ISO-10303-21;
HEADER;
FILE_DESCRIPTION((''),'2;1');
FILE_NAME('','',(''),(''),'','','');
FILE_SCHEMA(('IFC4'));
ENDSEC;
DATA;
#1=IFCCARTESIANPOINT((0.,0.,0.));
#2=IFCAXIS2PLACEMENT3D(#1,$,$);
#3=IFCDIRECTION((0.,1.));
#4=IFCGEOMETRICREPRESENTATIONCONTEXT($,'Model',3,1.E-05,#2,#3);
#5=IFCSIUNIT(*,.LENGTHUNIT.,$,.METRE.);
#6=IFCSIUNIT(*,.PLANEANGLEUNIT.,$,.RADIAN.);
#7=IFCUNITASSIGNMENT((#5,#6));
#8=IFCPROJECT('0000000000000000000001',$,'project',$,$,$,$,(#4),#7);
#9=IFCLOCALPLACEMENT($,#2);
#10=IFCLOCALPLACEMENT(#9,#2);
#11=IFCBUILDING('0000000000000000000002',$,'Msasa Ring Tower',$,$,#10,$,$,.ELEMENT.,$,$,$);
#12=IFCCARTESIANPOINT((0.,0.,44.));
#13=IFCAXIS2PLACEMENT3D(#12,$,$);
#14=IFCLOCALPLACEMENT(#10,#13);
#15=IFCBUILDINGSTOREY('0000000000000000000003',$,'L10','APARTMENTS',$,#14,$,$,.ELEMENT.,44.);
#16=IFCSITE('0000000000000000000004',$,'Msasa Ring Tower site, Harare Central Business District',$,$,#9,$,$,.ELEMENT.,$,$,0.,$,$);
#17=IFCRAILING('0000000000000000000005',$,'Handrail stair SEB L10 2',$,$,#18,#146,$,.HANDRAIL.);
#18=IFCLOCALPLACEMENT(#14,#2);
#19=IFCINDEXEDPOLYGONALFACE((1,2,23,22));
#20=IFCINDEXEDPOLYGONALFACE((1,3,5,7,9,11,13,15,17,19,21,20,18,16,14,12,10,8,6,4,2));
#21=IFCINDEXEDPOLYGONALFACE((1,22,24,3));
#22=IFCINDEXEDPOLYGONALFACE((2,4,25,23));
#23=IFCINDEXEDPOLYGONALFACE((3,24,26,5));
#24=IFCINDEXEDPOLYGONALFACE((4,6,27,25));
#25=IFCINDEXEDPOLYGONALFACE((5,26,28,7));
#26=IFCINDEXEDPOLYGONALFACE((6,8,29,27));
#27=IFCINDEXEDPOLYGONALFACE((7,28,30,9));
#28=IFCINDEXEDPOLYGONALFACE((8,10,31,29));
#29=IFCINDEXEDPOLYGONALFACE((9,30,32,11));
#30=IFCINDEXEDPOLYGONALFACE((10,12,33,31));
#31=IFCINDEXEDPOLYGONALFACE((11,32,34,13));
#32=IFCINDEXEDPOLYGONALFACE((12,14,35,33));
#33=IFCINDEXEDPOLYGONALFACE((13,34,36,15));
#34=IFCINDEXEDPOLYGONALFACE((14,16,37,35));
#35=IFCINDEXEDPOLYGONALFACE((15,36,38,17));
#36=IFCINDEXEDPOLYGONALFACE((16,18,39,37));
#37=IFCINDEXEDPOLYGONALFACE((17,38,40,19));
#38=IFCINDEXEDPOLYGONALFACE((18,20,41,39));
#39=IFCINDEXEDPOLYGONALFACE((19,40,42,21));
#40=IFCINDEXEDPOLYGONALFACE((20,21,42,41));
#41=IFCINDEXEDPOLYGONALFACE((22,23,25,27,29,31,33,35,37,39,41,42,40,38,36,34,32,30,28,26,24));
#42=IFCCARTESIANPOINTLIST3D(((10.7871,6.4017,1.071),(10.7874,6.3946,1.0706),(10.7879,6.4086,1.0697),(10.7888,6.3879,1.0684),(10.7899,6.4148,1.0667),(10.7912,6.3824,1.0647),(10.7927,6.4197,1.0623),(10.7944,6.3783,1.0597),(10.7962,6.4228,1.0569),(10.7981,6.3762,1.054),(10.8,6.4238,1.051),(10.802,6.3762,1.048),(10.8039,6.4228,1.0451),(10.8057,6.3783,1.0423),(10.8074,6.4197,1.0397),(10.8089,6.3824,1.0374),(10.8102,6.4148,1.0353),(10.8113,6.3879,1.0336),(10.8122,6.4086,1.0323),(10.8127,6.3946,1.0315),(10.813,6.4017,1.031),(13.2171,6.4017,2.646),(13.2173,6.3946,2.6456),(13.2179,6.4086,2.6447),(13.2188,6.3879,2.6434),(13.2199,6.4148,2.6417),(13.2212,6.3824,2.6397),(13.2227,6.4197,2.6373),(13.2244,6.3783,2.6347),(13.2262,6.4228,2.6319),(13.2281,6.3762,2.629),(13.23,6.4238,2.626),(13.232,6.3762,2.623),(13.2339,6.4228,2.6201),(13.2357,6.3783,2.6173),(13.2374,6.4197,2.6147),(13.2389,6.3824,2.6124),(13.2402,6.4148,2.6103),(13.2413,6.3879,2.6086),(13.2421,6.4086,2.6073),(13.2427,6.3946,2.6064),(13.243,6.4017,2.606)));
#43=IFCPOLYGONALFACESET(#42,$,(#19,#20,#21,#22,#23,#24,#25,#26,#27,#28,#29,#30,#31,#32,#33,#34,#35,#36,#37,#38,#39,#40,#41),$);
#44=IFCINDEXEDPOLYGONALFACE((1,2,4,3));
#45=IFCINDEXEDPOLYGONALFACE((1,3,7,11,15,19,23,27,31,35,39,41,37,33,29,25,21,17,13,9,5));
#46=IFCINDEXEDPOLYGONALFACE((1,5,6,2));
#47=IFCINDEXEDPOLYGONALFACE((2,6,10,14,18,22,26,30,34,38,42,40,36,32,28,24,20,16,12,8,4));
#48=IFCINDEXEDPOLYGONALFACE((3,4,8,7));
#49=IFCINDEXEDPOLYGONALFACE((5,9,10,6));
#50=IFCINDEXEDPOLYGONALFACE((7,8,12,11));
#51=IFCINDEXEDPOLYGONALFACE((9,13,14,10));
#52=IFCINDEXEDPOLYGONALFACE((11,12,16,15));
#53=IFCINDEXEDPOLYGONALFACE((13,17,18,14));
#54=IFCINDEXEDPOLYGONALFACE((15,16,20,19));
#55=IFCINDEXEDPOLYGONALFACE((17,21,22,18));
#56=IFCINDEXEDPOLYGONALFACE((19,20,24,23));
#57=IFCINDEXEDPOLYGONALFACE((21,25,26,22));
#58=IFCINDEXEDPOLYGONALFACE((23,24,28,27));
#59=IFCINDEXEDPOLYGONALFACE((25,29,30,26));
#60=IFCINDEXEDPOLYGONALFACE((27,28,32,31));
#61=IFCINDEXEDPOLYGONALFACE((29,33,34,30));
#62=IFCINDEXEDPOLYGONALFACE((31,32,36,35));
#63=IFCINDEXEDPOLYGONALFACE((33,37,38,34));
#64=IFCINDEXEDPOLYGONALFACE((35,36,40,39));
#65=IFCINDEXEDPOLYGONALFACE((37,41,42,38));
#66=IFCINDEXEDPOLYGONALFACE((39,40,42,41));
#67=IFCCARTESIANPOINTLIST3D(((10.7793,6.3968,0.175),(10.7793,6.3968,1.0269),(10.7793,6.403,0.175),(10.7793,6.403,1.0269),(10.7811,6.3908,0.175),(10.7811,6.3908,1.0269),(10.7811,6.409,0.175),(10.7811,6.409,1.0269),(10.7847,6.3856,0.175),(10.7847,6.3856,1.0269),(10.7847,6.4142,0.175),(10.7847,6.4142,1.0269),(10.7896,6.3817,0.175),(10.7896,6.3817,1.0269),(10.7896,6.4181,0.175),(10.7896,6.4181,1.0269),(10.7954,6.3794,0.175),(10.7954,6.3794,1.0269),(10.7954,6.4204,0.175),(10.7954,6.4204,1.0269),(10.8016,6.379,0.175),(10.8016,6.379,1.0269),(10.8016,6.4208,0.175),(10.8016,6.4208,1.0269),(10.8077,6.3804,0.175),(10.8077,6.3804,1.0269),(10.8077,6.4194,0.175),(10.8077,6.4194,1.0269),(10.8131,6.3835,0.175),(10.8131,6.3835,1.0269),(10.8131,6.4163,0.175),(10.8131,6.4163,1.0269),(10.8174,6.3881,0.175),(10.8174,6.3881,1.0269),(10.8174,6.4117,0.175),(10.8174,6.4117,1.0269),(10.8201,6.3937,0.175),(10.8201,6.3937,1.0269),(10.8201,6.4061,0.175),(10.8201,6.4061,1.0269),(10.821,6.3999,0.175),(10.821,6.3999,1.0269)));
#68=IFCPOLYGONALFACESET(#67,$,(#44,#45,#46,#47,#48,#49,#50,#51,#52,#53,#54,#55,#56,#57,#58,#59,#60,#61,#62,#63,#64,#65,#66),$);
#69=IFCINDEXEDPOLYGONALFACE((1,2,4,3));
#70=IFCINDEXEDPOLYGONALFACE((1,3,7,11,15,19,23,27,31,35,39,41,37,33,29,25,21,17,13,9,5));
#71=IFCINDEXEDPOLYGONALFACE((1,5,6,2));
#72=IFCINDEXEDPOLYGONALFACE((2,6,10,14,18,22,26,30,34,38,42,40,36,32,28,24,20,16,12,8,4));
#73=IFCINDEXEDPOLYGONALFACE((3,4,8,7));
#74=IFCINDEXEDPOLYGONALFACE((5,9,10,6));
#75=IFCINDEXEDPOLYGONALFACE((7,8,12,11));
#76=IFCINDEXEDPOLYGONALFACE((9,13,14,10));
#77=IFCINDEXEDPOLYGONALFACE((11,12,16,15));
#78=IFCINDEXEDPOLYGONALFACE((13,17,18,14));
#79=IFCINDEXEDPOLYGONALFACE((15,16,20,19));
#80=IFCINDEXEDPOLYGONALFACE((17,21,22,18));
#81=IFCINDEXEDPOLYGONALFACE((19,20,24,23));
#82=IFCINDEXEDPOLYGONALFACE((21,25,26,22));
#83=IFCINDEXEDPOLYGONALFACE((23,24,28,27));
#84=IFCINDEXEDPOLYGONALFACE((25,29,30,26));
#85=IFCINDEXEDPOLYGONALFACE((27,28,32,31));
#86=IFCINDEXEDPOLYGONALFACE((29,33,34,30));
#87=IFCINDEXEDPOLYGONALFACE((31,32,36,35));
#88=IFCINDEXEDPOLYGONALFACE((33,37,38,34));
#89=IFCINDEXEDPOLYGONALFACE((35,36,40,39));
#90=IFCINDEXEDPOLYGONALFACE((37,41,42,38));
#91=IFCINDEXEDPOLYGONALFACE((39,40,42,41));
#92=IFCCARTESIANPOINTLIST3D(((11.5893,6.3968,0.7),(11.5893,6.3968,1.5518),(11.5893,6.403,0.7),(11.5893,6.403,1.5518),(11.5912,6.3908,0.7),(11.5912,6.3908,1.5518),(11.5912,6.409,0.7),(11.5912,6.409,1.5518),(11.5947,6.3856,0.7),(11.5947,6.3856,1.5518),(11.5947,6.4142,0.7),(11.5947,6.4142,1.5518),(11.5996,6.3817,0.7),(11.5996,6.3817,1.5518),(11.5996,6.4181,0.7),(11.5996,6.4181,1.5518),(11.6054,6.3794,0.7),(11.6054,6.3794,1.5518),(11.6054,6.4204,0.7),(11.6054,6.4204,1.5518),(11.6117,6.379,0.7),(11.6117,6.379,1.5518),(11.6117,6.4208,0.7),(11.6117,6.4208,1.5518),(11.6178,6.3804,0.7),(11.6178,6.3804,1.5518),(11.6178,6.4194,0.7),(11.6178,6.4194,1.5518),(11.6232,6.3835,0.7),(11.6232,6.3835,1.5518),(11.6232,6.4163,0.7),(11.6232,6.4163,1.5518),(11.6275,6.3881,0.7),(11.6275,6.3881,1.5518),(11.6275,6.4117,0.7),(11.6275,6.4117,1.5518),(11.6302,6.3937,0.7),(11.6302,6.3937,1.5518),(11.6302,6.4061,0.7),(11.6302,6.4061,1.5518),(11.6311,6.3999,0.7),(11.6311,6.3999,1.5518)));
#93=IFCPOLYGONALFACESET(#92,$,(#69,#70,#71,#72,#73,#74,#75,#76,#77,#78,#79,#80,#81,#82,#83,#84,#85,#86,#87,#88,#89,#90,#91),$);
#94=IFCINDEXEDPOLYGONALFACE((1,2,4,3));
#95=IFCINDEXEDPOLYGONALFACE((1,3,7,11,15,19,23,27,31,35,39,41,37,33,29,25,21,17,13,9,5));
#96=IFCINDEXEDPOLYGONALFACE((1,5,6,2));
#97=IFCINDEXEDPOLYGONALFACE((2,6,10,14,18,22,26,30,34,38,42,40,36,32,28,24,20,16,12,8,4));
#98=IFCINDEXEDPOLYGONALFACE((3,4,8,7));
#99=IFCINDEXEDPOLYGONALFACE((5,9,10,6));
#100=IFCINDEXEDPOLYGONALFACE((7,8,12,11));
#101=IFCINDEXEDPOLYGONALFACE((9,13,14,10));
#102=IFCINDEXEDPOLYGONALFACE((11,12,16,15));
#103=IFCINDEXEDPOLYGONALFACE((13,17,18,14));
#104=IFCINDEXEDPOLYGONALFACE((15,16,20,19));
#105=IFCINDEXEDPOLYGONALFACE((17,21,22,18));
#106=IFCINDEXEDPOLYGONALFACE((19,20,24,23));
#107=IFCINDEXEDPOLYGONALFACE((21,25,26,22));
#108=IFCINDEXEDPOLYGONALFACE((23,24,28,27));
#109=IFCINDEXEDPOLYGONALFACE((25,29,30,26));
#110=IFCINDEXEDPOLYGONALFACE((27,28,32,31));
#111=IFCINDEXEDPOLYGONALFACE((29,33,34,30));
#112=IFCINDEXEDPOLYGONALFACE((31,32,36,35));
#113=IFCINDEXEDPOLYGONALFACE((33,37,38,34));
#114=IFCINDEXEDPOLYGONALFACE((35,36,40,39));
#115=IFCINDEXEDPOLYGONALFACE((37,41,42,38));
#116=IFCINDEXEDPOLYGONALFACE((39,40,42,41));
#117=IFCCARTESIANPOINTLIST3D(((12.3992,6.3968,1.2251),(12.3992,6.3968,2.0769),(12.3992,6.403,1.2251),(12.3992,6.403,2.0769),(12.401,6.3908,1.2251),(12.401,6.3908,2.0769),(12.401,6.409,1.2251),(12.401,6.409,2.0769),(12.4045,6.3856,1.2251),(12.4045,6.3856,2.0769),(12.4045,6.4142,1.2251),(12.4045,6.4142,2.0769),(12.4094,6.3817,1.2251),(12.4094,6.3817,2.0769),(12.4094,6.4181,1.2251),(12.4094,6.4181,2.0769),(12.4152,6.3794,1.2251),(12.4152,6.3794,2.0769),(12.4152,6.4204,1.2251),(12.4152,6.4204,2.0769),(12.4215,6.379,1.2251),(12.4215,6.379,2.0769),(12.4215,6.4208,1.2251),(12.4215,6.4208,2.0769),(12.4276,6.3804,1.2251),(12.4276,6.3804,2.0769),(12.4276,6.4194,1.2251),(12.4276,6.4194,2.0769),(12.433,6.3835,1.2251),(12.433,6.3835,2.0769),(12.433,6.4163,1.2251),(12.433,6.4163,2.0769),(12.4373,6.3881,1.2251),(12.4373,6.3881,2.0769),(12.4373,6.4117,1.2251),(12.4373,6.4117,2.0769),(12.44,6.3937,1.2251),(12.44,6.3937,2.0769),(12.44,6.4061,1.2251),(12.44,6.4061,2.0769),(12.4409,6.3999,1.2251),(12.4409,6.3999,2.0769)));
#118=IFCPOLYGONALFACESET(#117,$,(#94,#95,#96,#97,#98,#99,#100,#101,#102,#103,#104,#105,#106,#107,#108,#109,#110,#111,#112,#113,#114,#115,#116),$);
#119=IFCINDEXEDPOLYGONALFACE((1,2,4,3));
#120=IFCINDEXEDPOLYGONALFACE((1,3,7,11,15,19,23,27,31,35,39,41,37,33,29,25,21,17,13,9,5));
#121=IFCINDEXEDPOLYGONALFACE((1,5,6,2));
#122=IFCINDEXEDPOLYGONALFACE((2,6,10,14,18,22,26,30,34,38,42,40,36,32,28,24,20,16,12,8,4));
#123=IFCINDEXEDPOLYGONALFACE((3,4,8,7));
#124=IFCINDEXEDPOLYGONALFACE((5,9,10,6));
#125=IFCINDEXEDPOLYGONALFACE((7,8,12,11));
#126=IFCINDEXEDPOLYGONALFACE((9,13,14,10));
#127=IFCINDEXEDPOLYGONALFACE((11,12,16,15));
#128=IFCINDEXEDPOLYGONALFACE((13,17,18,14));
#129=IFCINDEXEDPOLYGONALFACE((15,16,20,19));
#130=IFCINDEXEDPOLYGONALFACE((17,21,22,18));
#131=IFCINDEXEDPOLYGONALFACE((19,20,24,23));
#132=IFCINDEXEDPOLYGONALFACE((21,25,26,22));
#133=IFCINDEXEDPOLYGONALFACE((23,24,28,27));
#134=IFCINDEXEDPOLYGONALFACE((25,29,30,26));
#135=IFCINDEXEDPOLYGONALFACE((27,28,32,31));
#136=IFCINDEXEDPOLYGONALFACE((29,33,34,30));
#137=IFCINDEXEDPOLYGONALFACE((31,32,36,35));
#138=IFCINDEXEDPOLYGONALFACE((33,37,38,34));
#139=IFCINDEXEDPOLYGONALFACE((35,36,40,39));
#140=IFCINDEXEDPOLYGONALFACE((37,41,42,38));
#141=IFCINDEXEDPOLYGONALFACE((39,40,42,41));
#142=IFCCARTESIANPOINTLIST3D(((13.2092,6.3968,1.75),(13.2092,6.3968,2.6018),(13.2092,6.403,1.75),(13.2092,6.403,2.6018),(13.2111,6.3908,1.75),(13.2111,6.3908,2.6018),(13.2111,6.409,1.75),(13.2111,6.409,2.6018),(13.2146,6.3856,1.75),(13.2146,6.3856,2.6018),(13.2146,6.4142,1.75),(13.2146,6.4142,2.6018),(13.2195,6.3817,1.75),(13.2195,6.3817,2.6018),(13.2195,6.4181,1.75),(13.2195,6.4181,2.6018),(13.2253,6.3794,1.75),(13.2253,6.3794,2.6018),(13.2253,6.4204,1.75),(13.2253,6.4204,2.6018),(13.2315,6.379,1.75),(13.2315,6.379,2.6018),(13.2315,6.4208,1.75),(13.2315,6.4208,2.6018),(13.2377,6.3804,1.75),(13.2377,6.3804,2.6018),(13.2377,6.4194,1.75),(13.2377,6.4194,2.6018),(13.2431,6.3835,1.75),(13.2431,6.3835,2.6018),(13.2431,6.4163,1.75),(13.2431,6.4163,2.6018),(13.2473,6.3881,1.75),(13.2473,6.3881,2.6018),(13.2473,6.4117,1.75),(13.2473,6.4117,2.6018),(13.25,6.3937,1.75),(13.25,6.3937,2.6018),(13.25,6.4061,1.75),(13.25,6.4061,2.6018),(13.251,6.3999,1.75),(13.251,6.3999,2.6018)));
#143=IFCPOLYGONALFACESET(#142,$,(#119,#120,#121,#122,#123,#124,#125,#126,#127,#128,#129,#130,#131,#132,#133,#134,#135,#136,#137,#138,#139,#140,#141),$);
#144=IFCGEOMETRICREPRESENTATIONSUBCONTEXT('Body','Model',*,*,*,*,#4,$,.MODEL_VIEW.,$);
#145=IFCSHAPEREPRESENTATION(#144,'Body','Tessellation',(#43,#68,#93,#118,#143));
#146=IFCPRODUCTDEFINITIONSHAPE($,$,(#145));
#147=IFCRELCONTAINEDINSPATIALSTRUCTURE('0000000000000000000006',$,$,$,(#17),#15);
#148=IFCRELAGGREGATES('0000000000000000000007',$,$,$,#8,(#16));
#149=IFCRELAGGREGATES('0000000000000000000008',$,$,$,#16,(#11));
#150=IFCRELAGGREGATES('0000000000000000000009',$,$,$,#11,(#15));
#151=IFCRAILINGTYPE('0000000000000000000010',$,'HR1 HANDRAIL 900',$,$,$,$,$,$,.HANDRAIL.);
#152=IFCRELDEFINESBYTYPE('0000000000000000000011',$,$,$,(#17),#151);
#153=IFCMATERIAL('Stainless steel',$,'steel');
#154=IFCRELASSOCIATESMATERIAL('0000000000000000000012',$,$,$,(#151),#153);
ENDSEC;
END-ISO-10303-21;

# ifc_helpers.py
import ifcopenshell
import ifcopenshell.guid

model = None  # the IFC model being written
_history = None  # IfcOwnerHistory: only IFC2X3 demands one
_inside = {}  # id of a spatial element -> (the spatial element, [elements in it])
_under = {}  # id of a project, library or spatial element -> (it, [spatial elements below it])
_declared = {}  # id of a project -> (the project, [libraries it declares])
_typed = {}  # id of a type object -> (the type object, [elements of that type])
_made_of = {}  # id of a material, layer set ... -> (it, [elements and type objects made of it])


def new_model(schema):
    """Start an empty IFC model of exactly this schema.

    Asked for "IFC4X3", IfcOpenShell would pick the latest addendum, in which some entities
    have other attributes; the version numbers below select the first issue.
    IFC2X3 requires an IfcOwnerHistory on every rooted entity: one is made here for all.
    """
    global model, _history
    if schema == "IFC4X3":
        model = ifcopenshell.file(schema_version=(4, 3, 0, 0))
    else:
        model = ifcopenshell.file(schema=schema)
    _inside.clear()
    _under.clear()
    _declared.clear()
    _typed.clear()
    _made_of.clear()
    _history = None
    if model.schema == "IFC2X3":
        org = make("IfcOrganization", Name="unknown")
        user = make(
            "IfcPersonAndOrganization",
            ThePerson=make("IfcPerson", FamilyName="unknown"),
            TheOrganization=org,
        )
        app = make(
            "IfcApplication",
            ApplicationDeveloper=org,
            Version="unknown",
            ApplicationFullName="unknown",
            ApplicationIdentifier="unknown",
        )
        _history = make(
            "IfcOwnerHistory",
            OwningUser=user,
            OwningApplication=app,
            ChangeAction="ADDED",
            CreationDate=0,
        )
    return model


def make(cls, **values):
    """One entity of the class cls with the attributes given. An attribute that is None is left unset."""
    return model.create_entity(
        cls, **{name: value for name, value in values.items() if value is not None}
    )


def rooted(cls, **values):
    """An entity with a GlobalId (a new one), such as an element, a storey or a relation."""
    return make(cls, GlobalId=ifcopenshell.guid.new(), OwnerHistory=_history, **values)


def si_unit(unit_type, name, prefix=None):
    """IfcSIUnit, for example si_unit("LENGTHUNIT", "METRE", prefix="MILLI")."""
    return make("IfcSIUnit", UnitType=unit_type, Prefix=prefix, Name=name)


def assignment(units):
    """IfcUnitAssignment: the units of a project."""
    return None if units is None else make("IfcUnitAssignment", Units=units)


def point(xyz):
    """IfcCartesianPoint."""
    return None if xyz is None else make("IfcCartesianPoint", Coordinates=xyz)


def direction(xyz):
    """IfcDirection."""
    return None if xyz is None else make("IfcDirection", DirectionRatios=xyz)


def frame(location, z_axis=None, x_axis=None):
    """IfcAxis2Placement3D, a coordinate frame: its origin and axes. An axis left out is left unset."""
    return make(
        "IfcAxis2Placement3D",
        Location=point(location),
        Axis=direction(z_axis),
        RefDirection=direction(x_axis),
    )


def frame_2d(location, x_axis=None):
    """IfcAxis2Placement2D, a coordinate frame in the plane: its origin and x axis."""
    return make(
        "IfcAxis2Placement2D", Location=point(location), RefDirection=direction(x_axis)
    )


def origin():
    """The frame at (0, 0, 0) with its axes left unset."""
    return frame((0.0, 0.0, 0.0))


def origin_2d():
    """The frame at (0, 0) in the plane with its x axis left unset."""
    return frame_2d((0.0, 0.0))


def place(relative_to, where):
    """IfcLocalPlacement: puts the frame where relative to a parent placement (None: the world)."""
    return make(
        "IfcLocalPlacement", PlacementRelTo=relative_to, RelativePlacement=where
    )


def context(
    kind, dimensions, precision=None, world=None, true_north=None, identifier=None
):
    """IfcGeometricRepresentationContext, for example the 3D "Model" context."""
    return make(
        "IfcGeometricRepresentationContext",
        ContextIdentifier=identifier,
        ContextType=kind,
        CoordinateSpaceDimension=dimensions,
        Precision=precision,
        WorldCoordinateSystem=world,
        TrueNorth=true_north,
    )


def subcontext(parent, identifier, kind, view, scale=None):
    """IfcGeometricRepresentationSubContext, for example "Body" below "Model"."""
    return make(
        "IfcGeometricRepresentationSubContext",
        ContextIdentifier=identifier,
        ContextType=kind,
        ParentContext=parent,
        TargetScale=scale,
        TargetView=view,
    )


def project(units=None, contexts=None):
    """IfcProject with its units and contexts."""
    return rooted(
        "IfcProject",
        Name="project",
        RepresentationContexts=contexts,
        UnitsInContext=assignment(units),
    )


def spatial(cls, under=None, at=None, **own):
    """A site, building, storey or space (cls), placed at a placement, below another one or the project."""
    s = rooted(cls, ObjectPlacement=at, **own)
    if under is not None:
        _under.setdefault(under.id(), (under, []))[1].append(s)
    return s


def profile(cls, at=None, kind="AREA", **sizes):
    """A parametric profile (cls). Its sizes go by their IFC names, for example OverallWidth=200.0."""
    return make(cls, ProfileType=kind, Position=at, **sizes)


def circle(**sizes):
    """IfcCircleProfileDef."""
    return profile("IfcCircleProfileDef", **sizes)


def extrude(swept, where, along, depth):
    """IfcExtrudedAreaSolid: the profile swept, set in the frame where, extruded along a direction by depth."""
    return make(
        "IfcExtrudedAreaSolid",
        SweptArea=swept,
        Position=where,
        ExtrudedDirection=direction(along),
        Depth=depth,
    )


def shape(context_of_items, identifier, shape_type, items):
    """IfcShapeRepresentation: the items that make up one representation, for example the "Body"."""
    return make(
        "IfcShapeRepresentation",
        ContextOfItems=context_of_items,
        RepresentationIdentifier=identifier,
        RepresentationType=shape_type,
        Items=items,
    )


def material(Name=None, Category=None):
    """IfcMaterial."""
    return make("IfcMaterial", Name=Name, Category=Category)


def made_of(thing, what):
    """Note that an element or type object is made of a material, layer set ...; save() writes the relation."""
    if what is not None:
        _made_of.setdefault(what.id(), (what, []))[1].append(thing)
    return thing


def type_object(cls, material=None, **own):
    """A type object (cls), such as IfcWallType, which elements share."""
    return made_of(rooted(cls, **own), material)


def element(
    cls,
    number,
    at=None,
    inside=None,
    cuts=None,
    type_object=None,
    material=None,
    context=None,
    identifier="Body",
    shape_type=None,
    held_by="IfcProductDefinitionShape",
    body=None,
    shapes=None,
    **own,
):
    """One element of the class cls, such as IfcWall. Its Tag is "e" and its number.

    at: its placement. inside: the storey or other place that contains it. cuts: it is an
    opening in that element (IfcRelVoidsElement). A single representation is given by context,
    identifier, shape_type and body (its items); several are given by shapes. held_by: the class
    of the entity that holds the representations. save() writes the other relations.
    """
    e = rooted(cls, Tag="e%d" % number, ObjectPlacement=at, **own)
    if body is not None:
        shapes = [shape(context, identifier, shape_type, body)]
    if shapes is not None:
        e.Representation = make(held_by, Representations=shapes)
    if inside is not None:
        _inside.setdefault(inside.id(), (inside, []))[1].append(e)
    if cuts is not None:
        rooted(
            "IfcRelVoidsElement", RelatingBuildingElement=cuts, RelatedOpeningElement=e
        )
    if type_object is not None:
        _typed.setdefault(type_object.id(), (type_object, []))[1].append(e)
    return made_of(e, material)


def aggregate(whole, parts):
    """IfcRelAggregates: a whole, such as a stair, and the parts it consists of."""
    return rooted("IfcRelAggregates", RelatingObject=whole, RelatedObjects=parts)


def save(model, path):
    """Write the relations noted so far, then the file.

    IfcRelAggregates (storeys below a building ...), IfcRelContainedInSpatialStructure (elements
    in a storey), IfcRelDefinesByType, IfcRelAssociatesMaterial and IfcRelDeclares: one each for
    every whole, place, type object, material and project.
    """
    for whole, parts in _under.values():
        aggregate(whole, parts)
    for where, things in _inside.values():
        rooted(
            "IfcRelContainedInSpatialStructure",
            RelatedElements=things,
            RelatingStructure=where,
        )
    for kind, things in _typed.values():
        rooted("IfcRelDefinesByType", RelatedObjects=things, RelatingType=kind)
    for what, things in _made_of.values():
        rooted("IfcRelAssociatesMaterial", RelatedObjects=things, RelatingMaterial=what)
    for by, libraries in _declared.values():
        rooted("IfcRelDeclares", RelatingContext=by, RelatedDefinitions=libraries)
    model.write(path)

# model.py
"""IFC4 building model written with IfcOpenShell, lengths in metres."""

from ifc_helpers import new_model, si_unit, direction, frame, origin, origin_2d, place, context, subcontext, project, spatial, circle, extrude, material, type_object, element, save


model = new_model("IFC4")

# Units and contexts
model_context = context("Model", 3, precision=1e-05, world=origin(), true_north=direction((0.0, 1.0)))
body_context = subcontext(model_context, "Body", "Model", "MODEL_VIEW")
ifc_project = project(units=[si_unit("LENGTHUNIT", "METRE"), si_unit("PLANEANGLEUNIT", "RADIAN")], contexts=[model_context])

# Site, building, storey
site_placement = place(None, origin())
site = spatial("IfcSite", under=ifc_project, at=site_placement, Name="Msasa Ring Tower site, Harare Central Business District", CompositionType="ELEMENT", RefElevation=0.0)
building_placement = place(site_placement, origin())
building = spatial("IfcBuilding", under=site, at=building_placement, Name="Msasa Ring Tower", CompositionType="ELEMENT")
storey_placement = place(building_placement, frame((0.0, 0.0, 44.0)))
storey = spatial("IfcBuildingStorey", under=building, at=storey_placement, Name="L10", Description="APARTMENTS", CompositionType="ELEMENT", Elevation=44.0)

# Railing
ifc_material_1 = material(Name="Stainless steel", Category="steel")
railing_type = type_object("IfcRailingType", Name="HR1 HANDRAIL 900", PredefinedType="HANDRAIL", material=ifc_material_1)
for number, where, name in (
    (1, (10.8, 6.3999, 0.175), "Handrail stair SEB L10 2"),
):
    element("IfcRailing", number, at=place(storey_placement, frame(where)), inside=storey, type_object=railing_type, Name=name, PredefinedType="HANDRAIL", context=body_context, shape_type="SweptSolid", body=[
        extrude(circle(Radius=0.0239, at=origin_2d()), frame((0.0, 0.0, 0.876), z_axis=(0.839154, 0.0, 0.543894), x_axis=(0.0, 1.0, 0.0)), (0.0, 0.0, 1.0), 2.8958),
        extrude(circle(Radius=0.021, at=origin_2d()), origin(), (0.0, 0.0, 1.0), 0.8518),
        extrude(circle(Radius=0.021, at=origin_2d()), frame((0.8101, 0.0, 0.5249)), (0.0, 0.0, 1.0), 0.8518),
        extrude(circle(Radius=0.021, at=origin_2d()), frame((1.6199, 0.0, 1.05)), (0.0, 0.0, 1.0), 0.8518),
        extrude(circle(Radius=0.021, at=origin_2d()), frame((2.4299, 0.0, 1.575)), (0.0, 0.0, 1.0), 0.8518),
    ])

save(model, "model.ifc")
